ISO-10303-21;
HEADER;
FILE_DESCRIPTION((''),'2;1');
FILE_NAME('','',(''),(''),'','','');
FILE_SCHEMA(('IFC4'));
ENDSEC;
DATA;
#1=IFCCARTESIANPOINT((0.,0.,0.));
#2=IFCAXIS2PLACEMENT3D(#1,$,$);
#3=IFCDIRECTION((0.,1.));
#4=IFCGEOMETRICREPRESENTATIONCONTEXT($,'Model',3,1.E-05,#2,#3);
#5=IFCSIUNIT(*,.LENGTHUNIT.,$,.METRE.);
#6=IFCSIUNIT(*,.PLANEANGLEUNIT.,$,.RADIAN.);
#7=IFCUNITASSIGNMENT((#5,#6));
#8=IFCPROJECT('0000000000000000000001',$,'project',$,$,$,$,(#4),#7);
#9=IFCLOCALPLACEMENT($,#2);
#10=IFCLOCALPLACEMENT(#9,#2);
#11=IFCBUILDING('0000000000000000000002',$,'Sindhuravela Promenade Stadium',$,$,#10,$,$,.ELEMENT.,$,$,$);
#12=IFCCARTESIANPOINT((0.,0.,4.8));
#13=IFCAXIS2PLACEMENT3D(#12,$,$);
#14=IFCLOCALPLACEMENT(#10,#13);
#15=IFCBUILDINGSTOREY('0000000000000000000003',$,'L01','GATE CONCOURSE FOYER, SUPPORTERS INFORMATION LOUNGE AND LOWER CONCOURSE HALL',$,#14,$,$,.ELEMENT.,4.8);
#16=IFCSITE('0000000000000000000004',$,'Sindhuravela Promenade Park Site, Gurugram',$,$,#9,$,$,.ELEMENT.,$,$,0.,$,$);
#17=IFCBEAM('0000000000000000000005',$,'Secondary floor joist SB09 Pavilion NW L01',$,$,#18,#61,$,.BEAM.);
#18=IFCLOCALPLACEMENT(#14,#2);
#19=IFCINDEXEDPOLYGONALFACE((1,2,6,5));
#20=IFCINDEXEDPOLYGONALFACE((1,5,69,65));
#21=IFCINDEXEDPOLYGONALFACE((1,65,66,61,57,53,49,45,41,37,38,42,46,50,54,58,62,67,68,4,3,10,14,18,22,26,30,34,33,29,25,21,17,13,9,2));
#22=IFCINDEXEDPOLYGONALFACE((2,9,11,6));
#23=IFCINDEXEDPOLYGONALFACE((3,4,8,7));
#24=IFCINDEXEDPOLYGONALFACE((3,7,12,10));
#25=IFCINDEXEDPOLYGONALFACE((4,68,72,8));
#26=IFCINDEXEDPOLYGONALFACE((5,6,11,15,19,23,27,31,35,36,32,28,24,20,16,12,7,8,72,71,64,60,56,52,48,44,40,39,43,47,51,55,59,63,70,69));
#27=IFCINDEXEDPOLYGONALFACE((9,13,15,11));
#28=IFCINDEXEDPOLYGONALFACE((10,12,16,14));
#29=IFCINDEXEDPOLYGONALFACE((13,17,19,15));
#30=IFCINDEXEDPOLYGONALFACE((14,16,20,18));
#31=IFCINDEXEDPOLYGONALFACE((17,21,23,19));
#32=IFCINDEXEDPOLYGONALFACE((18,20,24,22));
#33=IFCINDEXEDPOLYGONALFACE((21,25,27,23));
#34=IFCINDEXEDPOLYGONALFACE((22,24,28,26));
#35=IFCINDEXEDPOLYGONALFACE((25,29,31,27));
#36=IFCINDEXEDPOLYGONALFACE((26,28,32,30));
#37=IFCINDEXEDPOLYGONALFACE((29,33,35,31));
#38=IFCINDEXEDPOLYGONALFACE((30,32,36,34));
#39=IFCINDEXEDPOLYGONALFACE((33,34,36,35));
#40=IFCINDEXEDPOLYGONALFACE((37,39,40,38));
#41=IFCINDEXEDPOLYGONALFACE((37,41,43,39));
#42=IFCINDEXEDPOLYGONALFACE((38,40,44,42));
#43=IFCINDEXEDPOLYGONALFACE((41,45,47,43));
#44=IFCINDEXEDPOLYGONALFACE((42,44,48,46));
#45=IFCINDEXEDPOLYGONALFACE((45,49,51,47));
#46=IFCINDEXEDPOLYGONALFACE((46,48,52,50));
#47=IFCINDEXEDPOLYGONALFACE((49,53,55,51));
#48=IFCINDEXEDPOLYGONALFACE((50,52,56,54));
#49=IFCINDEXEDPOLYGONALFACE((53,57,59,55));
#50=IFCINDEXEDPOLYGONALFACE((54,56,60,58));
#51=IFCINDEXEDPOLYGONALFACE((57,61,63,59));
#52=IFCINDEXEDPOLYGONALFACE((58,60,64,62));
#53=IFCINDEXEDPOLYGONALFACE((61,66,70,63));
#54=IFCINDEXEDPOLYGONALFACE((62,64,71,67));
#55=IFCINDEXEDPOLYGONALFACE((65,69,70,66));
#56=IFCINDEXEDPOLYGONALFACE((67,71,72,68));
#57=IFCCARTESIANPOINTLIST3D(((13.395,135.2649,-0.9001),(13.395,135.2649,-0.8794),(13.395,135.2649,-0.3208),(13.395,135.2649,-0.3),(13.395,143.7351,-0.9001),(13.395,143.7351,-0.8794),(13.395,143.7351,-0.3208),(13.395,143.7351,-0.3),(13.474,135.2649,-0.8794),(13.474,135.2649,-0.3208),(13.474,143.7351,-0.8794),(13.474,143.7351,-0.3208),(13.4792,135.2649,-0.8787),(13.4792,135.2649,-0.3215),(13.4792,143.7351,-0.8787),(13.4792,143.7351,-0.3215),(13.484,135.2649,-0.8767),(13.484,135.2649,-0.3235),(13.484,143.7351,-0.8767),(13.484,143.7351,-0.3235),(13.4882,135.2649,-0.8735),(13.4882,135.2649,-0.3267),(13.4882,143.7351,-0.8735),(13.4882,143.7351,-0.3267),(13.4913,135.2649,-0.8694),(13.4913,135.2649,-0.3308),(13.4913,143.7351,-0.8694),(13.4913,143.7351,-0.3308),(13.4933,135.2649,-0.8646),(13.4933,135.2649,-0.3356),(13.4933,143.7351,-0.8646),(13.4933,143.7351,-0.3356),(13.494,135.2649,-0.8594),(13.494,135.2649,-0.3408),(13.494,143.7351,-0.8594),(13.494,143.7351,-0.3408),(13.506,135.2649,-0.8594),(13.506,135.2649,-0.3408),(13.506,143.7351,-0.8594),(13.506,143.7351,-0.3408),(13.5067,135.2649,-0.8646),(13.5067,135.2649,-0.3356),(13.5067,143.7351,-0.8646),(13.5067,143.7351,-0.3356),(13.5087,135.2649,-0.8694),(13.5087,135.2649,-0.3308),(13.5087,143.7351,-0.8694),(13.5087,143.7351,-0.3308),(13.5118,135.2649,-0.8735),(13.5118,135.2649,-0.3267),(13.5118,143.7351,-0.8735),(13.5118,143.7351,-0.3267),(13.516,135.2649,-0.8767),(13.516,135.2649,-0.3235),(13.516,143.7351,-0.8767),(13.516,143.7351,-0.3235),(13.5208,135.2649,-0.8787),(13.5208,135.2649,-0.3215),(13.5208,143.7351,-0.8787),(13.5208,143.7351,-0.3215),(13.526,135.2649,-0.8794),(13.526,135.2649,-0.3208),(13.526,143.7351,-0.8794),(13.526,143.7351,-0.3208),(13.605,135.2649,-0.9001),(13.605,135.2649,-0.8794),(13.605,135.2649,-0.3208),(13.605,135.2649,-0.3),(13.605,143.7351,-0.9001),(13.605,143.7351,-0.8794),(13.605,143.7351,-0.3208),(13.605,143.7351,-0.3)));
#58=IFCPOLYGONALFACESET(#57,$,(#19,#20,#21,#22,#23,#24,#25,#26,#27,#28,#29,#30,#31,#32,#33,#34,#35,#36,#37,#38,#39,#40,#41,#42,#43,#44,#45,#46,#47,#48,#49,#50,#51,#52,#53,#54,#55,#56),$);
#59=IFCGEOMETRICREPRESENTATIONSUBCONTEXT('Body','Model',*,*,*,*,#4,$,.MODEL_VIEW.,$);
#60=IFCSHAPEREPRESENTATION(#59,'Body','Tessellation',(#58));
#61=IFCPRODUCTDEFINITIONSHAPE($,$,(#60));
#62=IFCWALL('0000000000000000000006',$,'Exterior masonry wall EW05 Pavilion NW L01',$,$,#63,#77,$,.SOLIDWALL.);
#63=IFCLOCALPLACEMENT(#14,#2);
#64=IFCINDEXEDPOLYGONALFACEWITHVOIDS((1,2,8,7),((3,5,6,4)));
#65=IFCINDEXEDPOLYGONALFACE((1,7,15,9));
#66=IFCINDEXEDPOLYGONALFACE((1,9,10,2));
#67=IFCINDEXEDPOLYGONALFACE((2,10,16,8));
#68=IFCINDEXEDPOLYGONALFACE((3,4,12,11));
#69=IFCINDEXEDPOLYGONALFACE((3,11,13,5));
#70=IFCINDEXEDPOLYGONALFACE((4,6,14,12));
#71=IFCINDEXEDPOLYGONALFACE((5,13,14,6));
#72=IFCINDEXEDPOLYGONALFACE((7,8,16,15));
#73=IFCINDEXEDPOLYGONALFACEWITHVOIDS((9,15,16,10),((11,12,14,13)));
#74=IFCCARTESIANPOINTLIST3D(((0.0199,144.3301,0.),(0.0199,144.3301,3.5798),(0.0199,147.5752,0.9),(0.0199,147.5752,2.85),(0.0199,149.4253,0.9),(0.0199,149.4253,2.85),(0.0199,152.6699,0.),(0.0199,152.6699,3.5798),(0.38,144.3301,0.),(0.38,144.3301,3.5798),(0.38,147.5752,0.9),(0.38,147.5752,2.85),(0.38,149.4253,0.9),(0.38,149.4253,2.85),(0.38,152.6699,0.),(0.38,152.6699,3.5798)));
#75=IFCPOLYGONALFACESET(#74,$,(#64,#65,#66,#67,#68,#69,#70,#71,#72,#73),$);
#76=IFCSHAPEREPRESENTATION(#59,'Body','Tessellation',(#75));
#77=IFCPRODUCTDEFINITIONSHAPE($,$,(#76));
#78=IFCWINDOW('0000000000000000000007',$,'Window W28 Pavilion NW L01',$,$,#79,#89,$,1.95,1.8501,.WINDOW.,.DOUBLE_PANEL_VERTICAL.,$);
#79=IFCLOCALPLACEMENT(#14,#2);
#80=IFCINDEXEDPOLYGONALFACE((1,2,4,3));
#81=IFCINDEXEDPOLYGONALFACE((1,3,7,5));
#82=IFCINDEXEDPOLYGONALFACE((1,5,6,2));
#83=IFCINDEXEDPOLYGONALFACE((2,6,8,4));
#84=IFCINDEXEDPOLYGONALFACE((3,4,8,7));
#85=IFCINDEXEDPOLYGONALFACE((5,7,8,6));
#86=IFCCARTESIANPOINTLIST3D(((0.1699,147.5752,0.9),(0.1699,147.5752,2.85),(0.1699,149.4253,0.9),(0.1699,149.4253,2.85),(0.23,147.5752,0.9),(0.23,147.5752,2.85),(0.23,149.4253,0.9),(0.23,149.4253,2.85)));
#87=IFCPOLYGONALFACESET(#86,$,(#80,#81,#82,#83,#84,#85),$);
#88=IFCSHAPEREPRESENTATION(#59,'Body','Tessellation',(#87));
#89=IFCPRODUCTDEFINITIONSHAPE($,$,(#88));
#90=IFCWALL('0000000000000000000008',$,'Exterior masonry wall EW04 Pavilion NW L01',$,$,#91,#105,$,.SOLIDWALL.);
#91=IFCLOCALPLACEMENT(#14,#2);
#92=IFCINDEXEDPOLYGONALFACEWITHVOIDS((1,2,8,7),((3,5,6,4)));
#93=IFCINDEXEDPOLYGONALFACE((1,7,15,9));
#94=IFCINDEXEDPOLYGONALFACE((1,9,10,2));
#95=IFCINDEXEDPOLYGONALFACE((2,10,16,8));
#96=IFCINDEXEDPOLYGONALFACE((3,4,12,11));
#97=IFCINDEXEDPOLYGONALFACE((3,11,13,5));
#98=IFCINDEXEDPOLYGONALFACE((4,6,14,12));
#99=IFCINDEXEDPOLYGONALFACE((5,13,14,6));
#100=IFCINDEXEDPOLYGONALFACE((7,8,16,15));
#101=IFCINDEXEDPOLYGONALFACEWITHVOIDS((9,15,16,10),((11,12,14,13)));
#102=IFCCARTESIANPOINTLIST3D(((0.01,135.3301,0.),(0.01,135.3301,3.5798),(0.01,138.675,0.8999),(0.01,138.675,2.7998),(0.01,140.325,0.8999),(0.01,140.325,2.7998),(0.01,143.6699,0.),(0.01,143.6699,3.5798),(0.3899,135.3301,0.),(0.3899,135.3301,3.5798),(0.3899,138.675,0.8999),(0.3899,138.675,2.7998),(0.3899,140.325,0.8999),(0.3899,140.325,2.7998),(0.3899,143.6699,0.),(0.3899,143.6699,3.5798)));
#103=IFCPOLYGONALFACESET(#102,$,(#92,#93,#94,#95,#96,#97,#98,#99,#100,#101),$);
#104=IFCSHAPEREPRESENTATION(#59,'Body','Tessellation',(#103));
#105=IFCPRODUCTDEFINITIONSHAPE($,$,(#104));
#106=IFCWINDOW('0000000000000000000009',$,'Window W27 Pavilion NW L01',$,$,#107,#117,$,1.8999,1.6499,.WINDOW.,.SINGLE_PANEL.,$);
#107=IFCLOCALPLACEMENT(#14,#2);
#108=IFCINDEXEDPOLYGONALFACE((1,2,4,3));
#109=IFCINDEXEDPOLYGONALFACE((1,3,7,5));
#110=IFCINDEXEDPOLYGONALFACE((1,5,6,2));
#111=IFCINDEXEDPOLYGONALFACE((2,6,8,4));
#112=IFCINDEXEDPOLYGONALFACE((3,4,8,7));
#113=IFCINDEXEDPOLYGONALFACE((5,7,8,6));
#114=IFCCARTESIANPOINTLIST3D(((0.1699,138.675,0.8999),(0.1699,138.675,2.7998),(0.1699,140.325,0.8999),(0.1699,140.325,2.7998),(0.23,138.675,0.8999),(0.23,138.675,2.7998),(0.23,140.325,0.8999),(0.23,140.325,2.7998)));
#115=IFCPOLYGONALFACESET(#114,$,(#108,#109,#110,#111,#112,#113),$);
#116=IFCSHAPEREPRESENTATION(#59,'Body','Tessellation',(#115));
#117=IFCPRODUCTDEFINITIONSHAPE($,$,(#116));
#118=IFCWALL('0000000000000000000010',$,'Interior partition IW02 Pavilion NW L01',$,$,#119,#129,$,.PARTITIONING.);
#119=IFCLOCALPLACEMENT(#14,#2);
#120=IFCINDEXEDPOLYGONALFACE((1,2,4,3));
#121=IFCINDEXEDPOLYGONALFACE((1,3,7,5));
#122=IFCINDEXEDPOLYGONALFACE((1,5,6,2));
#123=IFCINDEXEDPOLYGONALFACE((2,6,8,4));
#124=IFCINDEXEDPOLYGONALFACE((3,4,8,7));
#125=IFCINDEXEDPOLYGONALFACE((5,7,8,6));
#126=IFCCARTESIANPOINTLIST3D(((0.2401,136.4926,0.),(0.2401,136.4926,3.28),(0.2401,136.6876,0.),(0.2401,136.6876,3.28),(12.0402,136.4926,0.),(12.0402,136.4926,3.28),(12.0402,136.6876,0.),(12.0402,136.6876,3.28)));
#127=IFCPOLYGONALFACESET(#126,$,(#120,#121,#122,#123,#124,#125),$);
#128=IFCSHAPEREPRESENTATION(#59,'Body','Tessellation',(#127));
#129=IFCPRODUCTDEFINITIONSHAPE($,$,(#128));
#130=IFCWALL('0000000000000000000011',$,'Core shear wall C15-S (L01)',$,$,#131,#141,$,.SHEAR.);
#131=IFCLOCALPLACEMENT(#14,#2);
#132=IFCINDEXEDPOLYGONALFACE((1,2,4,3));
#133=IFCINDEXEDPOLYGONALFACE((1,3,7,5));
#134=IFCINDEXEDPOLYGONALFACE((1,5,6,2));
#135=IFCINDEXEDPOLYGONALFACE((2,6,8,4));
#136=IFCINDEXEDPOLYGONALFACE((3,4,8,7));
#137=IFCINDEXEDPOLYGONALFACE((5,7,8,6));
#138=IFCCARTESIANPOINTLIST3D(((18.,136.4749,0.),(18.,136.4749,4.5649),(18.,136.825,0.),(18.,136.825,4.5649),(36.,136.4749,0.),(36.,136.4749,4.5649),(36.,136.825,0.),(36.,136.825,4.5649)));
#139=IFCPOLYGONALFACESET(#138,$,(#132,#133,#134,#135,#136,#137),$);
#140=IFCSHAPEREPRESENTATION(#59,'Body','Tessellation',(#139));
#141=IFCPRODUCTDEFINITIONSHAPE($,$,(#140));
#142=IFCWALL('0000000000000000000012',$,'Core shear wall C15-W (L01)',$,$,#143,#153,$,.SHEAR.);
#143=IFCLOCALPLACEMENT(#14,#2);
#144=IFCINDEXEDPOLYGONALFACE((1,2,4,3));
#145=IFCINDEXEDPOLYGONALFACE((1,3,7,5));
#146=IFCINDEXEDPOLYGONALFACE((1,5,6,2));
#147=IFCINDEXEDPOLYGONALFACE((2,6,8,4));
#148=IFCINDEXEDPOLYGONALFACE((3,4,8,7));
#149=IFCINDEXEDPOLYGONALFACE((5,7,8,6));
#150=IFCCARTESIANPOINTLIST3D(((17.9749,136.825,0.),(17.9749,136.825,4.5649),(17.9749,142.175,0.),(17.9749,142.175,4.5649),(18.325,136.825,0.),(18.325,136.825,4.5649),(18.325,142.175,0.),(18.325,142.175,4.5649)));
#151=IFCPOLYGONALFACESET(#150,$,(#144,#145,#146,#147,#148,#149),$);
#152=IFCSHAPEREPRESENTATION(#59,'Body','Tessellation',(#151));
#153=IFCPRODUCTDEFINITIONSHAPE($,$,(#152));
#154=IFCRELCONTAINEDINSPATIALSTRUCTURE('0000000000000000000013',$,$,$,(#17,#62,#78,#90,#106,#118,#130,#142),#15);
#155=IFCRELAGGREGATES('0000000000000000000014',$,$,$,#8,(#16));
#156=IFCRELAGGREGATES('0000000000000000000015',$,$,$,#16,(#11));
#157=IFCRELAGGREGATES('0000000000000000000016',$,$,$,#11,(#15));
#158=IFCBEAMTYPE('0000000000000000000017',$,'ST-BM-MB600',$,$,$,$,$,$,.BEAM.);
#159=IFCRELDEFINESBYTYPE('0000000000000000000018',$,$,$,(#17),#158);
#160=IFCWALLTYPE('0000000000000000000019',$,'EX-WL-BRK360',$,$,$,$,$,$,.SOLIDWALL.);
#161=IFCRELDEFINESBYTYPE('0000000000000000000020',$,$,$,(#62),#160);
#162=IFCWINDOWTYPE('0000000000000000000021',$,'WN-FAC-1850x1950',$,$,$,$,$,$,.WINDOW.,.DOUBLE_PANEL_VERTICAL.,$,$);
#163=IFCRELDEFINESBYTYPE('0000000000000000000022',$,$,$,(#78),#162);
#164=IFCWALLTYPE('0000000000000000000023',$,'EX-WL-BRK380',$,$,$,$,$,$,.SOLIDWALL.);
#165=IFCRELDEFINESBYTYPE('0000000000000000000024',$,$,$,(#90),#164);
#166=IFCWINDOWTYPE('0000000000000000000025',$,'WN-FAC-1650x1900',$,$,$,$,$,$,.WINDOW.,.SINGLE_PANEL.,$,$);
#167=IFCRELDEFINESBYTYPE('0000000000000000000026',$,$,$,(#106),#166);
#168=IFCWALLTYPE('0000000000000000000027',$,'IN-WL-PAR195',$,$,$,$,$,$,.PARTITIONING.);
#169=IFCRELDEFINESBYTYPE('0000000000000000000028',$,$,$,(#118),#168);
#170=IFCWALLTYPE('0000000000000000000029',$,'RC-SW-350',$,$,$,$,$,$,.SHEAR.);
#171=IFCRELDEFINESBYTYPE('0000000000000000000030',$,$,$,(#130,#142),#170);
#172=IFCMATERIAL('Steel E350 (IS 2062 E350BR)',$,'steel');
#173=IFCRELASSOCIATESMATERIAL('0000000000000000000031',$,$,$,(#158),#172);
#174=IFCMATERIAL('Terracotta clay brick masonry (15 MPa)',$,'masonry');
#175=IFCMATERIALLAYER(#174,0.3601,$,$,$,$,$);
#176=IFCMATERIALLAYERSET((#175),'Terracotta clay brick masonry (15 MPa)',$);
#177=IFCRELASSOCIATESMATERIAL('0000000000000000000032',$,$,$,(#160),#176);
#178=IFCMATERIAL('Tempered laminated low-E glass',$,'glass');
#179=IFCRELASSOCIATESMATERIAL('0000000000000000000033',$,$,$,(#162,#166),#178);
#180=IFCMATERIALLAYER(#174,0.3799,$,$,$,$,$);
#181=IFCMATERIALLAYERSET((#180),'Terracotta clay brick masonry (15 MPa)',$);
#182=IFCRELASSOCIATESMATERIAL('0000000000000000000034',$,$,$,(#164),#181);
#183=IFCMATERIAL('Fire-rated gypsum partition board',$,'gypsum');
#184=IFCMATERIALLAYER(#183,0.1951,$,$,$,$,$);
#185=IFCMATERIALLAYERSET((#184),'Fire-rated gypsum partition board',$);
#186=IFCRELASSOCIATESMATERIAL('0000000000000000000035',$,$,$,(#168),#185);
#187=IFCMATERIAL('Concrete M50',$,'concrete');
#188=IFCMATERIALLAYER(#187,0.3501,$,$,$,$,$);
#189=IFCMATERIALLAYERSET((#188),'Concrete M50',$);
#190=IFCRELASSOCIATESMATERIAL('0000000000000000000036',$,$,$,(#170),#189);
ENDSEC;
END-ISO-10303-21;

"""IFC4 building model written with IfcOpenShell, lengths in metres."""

from ifc_helpers import new_model, si_unit, direction, frame, frame_2d, origin, origin_2d, place, context, subcontext, project, spatial, rectangle, i_section, extrude, material, layer, layer_set, material_profile, profile_set, type_object, element, fill, save


model = new_model("IFC4")

# Units and contexts
model_context = context("Model", 3, precision=1e-05, world=origin(), true_north=direction((0.0, 1.0)))
body_context = subcontext(model_context, "Body", "Model", "MODEL_VIEW")
ifc_project = project(units=[si_unit("LENGTHUNIT", "METRE"), si_unit("PLANEANGLEUNIT", "RADIAN")], contexts=[model_context])

# Site, building, storey
site_placement = place(None, origin())
site = spatial("IfcSite", under=ifc_project, at=site_placement, Name="Sindhuravela Promenade Park Site, Gurugram", CompositionType="ELEMENT", RefElevation=0.0)
building_placement = place(site_placement, origin())
building = spatial("IfcBuilding", under=site, at=building_placement, Name="Sindhuravela Promenade Stadium", CompositionType="ELEMENT")
storey_placement = place(building_placement, frame((0.0, 0.0, 4.8)))
storey = spatial("IfcBuildingStorey", under=building, at=storey_placement, Name="L01", Description="GATE CONCOURSE FOYER, SUPPORTERS INFORMATION LOUNGE AND LOWER CONCOURSE HALL", CompositionType="ELEMENT", Elevation=4.8)

# Beam
ifc_material_1 = material(Name="Steel E350 (IS 2062 E350BR)", Category="steel")
ifc_material_profile_1 = material_profile(ifc_material_1, i_section(OverallWidth=0.21, OverallDepth=0.6001, WebThickness=0.012, FlangeThickness=0.0208, FilletRadius=0.02, at=origin_2d()), Name="ISMB 600")
ifc_profile_set_1 = profile_set([ifc_material_profile_1], Name="Steel E350 (IS 2062 E350BR)")
beam_type_1 = type_object("IfcBeamType", Name="ST-BM-MB600", PredefinedType="BEAM", material=ifc_profile_set_1)
beam_1_placement = place(storey_placement, frame((13.5, 135.2649, -0.6001), z_axis=(0.0, 1.0, 0.0), x_axis=(-1.0, 0.0, 0.0)))
element("IfcBeam", 1, at=beam_1_placement, inside=storey, type_object=beam_type_1, Name="Secondary floor joist SB09 Pavilion NW L01", PredefinedType="BEAM", context=body_context, shape_type="SweptSolid", body=[
    extrude(i_section(OverallWidth=0.21, OverallDepth=0.6001, WebThickness=0.012, FlangeThickness=0.0208, FilletRadius=0.02, at=origin_2d()), origin(), (0.0, 0.0, 1.0), 8.4702),
])

# Walls, openings, windows
ifc_material_2 = material(Name="Terracotta clay brick masonry (15 MPa)", Category="masonry")
ifc_layer_1 = layer(ifc_material_2, 0.3601)
ifc_layer_set_1 = layer_set([ifc_layer_1], Name="Terracotta clay brick masonry (15 MPa)")
wall_type_1 = type_object("IfcWallType", Name="EX-WL-BRK360", PredefinedType="SOLIDWALL", material=ifc_layer_set_1)
wall_1_placement = place(storey_placement, frame((0.2, 144.3301, 0.0), z_axis=(0.0, 0.0, 1.0), x_axis=(0.0, 1.0, 0.0)))
wall_1 = element("IfcWall", 2, at=wall_1_placement, inside=storey, type_object=wall_type_1, Name="Exterior masonry wall EW05 Pavilion NW L01", PredefinedType="SOLIDWALL", context=body_context, shape_type="SweptSolid", body=[
    extrude(rectangle(XDim=8.3398, YDim=0.3601, at=frame_2d((4.1699, 0.0))), origin(), (0.0, 0.0, 1.0), 3.5798),
])
opening_1_placement = place(wall_1_placement, frame((3.2451, 0.0, 0.8999)))
opening_1 = element("IfcOpeningElement", 3, at=opening_1_placement, cuts=wall_1, PredefinedType="OPENING", context=body_context, shape_type="SweptSolid", body=[
    extrude(rectangle(XDim=1.8501, YDim=1.95, at=frame_2d((0.925, 0.9751))), frame((0.0, 0.1899, 0.0), z_axis=(0.0, -1.0, 0.0), x_axis=(1.0, 0.0, 0.0)), (0.0, 0.0, 1.0), 0.3801),
])
ifc_material_3 = material(Name="Tempered laminated low-E glass", Category="glass")
window_type_1 = type_object("IfcWindowType", Name="WN-FAC-1850x1950", PartitioningType="DOUBLE_PANEL_VERTICAL", PredefinedType="WINDOW", material=ifc_material_3)
window_1_placement = place(opening_1_placement, origin())
window_1 = element("IfcWindow", 4, at=window_1_placement, inside=storey, type_object=window_type_1, Name="Window W28 Pavilion NW L01", OverallHeight=1.95, OverallWidth=1.8501, PartitioningType="DOUBLE_PANEL_VERTICAL", PredefinedType="WINDOW", context=body_context, shape_type="SweptSolid", body=[
    extrude(rectangle(XDim=1.8501, YDim=1.95, at=frame_2d((0.925, 0.9751))), frame((0.0, 0.03, 0.0), z_axis=(0.0, -1.0, 0.0), x_axis=(1.0, 0.0, 0.0)), (0.0, 0.0, 1.0), 0.0601),
])
fill(opening_1, window_1)
ifc_layer_2 = layer(ifc_material_2, 0.3799)
ifc_layer_set_2 = layer_set([ifc_layer_2], Name="Terracotta clay brick masonry (15 MPa)")
wall_type_2 = type_object("IfcWallType", Name="EX-WL-BRK380", PredefinedType="SOLIDWALL", material=ifc_layer_set_2)
wall_2_placement = place(storey_placement, frame((0.2, 135.3301, 0.0), z_axis=(0.0, 0.0, 1.0), x_axis=(0.0, 1.0, 0.0)))
wall_2 = element("IfcWall", 5, at=wall_2_placement, inside=storey, type_object=wall_type_2, Name="Exterior masonry wall EW04 Pavilion NW L01", PredefinedType="SOLIDWALL", context=body_context, shape_type="SweptSolid", body=[
    extrude(rectangle(XDim=8.3398, YDim=0.3799, at=frame_2d((4.1699, 0.0))), origin(), (0.0, 0.0, 1.0), 3.5798),
])
opening_2_placement = place(wall_2_placement, frame((3.345, 0.0, 0.8999)))
opening_2 = element("IfcOpeningElement", 6, at=opening_2_placement, cuts=wall_2, PredefinedType="OPENING", context=body_context, shape_type="SweptSolid", body=[
    extrude(rectangle(XDim=1.6499, YDim=1.8999, at=frame_2d((0.825, 0.95))), frame((0.0, 0.2, 0.0), z_axis=(0.0, -1.0, 0.0), x_axis=(1.0, 0.0, 0.0)), (0.0, 0.0, 1.0), 0.3999),
])
window_type_2 = type_object("IfcWindowType", Name="WN-FAC-1650x1900", PartitioningType="SINGLE_PANEL", PredefinedType="WINDOW", material=ifc_material_3)
window_2_placement = place(opening_2_placement, origin())
window_2 = element("IfcWindow", 7, at=window_2_placement, inside=storey, type_object=window_type_2, Name="Window W27 Pavilion NW L01", OverallHeight=1.8999, OverallWidth=1.6499, PartitioningType="SINGLE_PANEL", PredefinedType="WINDOW", context=body_context, shape_type="SweptSolid", body=[
    extrude(rectangle(XDim=1.6499, YDim=1.8999, at=frame_2d((0.825, 0.95))), frame((0.0, 0.03, 0.0), z_axis=(0.0, -1.0, 0.0), x_axis=(1.0, 0.0, 0.0)), (0.0, 0.0, 1.0), 0.0601),
])
fill(opening_2, window_2)

# Walls
ifc_material_4 = material(Name="Fire-rated gypsum partition board", Category="gypsum")
ifc_layer_3 = layer(ifc_material_4, 0.1951)
ifc_layer_set_3 = layer_set([ifc_layer_3], Name="Fire-rated gypsum partition board")
wall_type_3 = type_object("IfcWallType", Name="IN-WL-PAR195", PredefinedType="PARTITIONING", material=ifc_layer_set_3)
wall_3_placement = place(storey_placement, frame((12.04, 136.5901, 0.0), z_axis=(0.0, 0.0, 1.0), x_axis=(-1.0, 0.0, 0.0)))
element("IfcWall", 8, at=wall_3_placement, inside=storey, type_object=wall_type_3, Name="Interior partition IW02 Pavilion NW L01", PredefinedType="PARTITIONING", context=body_context, shape_type="SweptSolid", body=[
    extrude(rectangle(XDim=11.8, YDim=0.1951, at=frame_2d((5.8999, 0.0))), origin(), (0.0, 0.0, 1.0), 3.28),
])
ifc_material_5 = material(Name="Concrete M50", Category="concrete")
ifc_layer_4 = layer(ifc_material_5, 0.3501)
ifc_layer_set_4 = layer_set([ifc_layer_4], Name="Concrete M50")
wall_type_4 = type_object("IfcWallType", Name="RC-SW-350", PredefinedType="SHEAR", material=ifc_layer_set_4)
wall_4_placement = place(storey_placement, frame((18.0, 136.6499, 0.0), z_axis=(0.0, 0.0, 1.0), x_axis=(1.0, 0.0, 0.0)))
element("IfcWall", 9, at=wall_4_placement, inside=storey, type_object=wall_type_4, Name="Core shear wall C15-S (L01)", PredefinedType="SHEAR", context=body_context, shape_type="SweptSolid", body=[
    extrude(rectangle(XDim=18.0, YDim=0.3501, at=frame_2d((9.0, 0.0))), origin(), (0.0, 0.0, 1.0), 4.5649),
])
wall_5_placement = place(storey_placement, frame((18.1499, 142.175, 0.0), z_axis=(0.0, 0.0, 1.0), x_axis=(0.0, -1.0, 0.0)))
element("IfcWall", 10, at=wall_5_placement, inside=storey, type_object=wall_type_4, Name="Core shear wall C15-W (L01)", PredefinedType="SHEAR", context=body_context, shape_type="SweptSolid", body=[
    extrude(rectangle(XDim=5.3501, YDim=0.3501, at=frame_2d((2.675, 0.0))), origin(), (0.0, 0.0, 1.0), 4.5649),
])

save(model, "model.ifc")
